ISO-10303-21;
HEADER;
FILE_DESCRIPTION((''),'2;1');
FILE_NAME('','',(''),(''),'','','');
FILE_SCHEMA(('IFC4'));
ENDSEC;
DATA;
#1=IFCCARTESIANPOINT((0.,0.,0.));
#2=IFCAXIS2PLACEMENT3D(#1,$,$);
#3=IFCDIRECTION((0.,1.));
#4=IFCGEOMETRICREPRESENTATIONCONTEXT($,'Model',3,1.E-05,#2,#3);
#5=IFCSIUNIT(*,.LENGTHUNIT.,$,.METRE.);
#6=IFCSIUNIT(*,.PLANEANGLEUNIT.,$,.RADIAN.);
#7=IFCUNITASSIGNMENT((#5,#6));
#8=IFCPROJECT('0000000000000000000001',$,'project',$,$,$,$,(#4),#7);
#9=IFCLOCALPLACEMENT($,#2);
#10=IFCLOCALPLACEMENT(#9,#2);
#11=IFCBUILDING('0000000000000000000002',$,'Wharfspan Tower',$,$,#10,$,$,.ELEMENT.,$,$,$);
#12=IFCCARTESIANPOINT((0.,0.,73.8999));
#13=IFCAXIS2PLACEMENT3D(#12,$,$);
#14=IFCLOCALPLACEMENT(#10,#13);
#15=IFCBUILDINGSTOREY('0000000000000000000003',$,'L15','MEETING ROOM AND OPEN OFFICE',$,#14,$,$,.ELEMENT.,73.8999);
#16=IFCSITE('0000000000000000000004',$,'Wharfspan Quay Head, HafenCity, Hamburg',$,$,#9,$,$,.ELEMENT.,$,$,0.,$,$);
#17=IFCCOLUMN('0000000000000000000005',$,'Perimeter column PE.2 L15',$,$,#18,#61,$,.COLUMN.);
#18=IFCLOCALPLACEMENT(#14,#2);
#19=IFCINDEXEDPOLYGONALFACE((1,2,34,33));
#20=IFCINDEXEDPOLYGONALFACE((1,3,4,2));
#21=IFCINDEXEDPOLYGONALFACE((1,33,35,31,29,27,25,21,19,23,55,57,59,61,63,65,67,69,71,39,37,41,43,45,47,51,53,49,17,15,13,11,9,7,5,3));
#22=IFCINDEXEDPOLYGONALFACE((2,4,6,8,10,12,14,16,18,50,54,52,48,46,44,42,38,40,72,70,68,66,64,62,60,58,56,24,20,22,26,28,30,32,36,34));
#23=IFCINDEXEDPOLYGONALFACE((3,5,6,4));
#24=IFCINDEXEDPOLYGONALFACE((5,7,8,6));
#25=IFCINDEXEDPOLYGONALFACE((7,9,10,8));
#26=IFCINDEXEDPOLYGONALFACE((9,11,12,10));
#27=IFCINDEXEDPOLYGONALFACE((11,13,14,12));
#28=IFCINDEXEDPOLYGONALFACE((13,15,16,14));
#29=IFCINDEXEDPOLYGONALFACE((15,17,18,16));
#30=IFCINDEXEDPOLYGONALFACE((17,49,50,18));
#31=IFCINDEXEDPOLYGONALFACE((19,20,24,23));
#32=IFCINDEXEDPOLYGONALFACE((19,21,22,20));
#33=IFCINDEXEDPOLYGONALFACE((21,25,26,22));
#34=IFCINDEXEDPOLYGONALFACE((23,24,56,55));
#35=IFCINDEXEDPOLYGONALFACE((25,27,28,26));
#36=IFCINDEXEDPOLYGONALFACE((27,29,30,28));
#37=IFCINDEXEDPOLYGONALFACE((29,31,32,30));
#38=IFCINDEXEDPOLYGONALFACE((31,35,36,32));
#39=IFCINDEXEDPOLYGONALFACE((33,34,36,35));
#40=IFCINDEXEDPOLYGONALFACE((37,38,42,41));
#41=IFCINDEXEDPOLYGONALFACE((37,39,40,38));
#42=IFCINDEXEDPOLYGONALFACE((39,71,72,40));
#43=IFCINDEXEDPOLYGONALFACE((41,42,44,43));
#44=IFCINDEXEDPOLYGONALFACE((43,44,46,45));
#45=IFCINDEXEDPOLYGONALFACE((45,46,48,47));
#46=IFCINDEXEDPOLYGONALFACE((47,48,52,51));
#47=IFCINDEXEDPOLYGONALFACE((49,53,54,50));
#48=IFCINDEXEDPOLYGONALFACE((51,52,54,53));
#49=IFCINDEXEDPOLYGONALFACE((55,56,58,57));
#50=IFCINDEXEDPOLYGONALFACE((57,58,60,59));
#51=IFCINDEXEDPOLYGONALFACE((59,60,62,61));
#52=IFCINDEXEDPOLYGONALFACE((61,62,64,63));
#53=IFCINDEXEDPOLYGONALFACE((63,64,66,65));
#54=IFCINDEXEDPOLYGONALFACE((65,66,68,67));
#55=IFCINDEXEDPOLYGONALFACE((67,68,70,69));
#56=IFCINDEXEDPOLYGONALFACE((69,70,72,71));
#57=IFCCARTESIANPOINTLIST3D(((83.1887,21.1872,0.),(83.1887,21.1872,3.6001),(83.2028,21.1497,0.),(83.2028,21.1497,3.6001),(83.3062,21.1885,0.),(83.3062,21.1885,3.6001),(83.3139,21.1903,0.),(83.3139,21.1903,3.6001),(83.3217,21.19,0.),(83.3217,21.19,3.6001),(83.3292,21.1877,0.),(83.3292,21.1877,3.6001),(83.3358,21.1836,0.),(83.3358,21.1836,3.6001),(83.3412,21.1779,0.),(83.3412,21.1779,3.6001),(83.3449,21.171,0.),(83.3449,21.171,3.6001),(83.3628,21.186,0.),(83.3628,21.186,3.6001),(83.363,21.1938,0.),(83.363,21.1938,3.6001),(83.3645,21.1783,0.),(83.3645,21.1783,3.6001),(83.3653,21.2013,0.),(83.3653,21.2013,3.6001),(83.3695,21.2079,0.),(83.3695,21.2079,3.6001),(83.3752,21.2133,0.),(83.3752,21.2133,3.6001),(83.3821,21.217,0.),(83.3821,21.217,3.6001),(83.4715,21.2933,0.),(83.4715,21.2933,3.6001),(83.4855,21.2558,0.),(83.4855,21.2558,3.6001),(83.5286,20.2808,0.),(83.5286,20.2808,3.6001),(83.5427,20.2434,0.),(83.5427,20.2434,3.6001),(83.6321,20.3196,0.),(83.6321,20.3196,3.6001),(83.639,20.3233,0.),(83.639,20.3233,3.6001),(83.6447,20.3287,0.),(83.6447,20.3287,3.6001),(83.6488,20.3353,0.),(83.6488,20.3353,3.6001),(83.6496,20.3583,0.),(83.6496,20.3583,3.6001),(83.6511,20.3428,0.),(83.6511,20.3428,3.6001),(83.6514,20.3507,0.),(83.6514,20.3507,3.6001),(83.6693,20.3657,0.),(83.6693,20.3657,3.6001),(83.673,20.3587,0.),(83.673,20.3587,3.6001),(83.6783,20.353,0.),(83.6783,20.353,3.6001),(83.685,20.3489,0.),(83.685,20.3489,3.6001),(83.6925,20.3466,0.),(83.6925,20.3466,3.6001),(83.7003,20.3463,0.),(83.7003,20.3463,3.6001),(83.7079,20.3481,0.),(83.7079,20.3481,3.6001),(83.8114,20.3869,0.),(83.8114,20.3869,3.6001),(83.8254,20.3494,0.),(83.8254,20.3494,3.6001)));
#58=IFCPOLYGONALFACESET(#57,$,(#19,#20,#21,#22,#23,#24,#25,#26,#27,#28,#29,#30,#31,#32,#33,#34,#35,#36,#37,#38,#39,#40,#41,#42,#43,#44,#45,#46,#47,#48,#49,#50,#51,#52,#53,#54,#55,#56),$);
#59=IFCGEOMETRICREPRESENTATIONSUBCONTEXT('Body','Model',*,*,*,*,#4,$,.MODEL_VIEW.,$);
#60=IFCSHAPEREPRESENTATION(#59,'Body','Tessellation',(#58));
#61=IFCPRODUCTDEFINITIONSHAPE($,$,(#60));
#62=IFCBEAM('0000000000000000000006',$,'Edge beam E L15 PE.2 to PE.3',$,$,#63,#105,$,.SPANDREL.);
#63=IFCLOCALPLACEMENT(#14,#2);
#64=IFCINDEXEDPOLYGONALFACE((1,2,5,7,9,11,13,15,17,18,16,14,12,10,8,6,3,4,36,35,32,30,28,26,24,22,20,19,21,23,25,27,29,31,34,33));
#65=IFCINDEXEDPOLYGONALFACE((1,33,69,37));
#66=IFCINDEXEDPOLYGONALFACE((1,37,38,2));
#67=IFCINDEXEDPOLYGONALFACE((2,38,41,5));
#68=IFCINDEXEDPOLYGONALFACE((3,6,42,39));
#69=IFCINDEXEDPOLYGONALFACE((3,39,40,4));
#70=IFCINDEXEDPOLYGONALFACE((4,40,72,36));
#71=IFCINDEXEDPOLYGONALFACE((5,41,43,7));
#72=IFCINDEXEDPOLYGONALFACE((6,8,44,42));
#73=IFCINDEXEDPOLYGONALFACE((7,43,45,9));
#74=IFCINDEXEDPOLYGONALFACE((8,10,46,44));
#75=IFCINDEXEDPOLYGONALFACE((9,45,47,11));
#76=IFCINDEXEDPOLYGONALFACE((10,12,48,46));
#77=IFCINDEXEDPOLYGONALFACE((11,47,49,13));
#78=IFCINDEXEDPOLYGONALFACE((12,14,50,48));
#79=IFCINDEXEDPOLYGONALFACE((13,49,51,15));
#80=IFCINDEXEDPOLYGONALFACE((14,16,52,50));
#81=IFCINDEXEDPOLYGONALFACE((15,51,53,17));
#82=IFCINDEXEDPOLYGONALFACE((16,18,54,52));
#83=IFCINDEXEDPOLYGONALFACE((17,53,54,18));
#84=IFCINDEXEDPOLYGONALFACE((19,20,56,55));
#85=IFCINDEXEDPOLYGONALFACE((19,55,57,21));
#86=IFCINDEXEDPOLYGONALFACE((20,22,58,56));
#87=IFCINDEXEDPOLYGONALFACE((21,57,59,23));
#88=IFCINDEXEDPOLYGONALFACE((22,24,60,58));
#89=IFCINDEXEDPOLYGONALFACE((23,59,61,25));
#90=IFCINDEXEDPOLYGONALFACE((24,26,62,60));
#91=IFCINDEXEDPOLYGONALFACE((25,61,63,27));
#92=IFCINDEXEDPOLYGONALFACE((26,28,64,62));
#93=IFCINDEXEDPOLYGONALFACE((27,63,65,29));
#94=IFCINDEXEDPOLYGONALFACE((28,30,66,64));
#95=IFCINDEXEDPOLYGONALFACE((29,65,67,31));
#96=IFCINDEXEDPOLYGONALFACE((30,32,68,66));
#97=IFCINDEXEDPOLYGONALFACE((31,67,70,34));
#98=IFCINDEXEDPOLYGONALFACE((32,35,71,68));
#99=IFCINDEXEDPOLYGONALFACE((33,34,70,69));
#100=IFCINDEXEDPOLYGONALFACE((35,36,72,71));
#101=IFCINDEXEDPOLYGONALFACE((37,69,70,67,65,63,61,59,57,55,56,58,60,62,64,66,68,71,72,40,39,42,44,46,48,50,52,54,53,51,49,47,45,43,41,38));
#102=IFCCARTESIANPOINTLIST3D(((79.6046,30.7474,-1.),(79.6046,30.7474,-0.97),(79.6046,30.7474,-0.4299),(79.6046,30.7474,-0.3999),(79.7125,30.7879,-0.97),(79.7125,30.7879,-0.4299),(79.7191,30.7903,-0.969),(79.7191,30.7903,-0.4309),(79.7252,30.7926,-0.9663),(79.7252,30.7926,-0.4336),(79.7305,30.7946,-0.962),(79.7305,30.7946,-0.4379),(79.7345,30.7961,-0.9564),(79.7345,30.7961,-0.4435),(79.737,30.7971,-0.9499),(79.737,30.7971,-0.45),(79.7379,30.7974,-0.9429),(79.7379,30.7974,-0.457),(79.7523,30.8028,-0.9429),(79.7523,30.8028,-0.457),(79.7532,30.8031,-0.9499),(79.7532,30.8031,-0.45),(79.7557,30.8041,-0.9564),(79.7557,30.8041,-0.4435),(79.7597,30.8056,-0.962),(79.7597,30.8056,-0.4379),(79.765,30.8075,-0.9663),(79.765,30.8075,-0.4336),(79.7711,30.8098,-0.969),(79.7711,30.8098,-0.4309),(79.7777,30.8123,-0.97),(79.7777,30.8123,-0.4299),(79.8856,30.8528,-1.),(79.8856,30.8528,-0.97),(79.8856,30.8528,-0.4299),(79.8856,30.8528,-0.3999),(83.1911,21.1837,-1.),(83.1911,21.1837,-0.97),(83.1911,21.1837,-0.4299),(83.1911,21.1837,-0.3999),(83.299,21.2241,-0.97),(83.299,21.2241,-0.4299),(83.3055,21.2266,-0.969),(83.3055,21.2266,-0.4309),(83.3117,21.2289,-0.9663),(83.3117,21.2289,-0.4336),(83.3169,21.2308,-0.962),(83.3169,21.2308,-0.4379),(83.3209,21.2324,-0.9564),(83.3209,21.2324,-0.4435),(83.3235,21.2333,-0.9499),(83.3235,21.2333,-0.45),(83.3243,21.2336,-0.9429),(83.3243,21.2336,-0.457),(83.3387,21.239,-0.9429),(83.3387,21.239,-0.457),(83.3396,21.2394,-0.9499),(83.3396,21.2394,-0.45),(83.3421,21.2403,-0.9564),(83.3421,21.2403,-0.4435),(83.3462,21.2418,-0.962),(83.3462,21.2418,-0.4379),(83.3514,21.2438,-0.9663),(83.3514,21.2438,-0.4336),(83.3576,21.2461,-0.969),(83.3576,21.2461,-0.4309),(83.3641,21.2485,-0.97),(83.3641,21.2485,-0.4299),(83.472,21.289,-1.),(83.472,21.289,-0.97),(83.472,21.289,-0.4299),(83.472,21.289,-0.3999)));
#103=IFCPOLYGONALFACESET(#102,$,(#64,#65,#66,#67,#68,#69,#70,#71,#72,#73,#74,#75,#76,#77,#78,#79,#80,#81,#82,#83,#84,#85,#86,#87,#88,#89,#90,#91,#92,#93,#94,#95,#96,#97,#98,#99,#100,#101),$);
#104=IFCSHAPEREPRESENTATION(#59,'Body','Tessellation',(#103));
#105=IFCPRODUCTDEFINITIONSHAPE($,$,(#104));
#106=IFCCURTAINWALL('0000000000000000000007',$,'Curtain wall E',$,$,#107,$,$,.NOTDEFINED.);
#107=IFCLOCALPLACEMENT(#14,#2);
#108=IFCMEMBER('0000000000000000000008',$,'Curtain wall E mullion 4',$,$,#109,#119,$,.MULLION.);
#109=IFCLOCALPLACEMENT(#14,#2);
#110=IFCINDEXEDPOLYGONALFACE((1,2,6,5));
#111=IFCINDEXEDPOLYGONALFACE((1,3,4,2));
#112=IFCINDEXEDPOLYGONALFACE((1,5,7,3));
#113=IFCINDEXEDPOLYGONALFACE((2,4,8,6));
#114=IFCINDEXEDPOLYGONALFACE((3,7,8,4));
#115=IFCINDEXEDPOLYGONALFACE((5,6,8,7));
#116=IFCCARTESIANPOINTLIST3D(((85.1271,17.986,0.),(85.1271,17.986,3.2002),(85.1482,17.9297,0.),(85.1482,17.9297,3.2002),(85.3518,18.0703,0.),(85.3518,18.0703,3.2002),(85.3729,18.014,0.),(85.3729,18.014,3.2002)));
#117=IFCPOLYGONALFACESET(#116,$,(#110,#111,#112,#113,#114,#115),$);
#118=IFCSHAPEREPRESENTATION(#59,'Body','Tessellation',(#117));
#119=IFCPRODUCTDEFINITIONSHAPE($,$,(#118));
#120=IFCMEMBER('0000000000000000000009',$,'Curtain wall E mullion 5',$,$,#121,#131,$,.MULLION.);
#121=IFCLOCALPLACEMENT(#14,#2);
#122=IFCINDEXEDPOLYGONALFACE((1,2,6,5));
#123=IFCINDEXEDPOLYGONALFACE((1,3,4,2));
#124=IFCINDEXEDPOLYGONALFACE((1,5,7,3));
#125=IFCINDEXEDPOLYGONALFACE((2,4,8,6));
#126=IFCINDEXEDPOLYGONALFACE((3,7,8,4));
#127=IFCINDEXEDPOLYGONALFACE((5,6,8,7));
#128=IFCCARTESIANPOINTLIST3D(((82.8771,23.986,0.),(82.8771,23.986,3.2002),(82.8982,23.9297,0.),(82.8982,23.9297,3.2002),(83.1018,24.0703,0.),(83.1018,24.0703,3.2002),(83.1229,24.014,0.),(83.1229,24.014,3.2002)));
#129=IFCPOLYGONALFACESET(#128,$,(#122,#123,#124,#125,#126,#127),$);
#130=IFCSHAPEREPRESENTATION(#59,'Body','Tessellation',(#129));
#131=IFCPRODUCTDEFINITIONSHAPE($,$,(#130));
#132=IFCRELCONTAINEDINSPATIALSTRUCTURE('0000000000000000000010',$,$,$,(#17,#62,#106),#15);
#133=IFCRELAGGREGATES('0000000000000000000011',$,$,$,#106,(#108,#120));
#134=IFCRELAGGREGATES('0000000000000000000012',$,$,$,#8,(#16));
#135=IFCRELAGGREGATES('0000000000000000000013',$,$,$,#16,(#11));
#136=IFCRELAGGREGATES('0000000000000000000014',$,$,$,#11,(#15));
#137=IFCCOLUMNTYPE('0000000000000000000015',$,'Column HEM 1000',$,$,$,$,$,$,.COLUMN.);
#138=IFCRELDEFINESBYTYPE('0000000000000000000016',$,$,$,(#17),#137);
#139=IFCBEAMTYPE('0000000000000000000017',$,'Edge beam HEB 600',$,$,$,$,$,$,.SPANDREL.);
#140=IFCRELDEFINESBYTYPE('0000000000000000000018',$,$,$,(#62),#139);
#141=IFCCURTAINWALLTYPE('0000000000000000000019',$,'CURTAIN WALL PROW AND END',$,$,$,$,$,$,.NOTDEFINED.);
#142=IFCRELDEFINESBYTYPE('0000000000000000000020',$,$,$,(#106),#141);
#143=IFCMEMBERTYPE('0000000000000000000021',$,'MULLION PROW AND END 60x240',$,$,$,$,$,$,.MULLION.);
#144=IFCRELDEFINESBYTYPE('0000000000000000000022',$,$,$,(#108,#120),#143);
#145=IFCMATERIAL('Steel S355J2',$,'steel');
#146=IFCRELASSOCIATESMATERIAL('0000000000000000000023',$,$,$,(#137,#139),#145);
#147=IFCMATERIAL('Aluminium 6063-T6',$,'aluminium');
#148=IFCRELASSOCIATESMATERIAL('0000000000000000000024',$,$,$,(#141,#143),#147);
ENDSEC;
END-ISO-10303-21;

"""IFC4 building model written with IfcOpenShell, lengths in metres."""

from ifc_helpers import new_model, si_unit, direction, frame, origin, origin_2d, place, context, subcontext, project, spatial, rectangle, i_section, extrude, material, material_profile, profile_set, type_object, element, aggregate, save


model = new_model("IFC4")

# Units and contexts
model_context = context("Model", 3, precision=1e-05, world=origin(), true_north=direction((0.0, 1.0)))
body_context = subcontext(model_context, "Body", "Model", "MODEL_VIEW")
ifc_project = project(units=[si_unit("LENGTHUNIT", "METRE"), si_unit("PLANEANGLEUNIT", "RADIAN")], contexts=[model_context])

# Site, building, storey
site_placement = place(None, origin())
site = spatial("IfcSite", under=ifc_project, at=site_placement, Name="Wharfspan Quay Head, HafenCity, Hamburg", CompositionType="ELEMENT", RefElevation=0.0)
building_placement = place(site_placement, origin())
building = spatial("IfcBuilding", under=site, at=building_placement, Name="Wharfspan Tower", CompositionType="ELEMENT")
storey_placement = place(building_placement, frame((0.0, 0.0, 73.8999)))
storey = spatial("IfcBuildingStorey", under=building, at=storey_placement, Name="L15", Description="MEETING ROOM AND OPEN OFFICE", CompositionType="ELEMENT", Elevation=73.8999)

# Column
ifc_material_1 = material(Name="Steel S355J2", Category="steel")
ifc_material_profile_1 = material_profile(ifc_material_1, i_section(OverallWidth=0.302, OverallDepth=1.0081, WebThickness=0.021, FlangeThickness=0.04, FilletRadius=0.03, at=origin_2d()))
ifc_profile_set_1 = profile_set([ifc_material_profile_1], Name="Steel S355J2")
column_type = type_object("IfcColumnType", Name="Column HEM 1000", PredefinedType="COLUMN", material=ifc_profile_set_1)
column_placement = place(storey_placement, frame((83.5071, 20.7683, 0.0), z_axis=(0.0, 0.0, 1.0), x_axis=(0.936328, 0.351123, 0.0)))
element("IfcColumn", 1, at=column_placement, inside=storey, type_object=column_type, Name="Perimeter column PE.2 L15", PredefinedType="COLUMN", context=body_context, shape_type="SweptSolid", body=[
    extrude(i_section(OverallWidth=0.302, OverallDepth=1.0081, WebThickness=0.021, FlangeThickness=0.04, FilletRadius=0.03, at=origin_2d()), origin(), (0.0, 0.0, 1.0), 3.6001),
])

# Beam
ifc_material_profile_2 = material_profile(ifc_material_1, i_section(OverallWidth=0.3, OverallDepth=0.6001, WebThickness=0.0154, FlangeThickness=0.03, FilletRadius=0.0271, at=origin_2d()))
ifc_profile_set_2 = profile_set([ifc_material_profile_2], Name="Steel S355J2")
beam_type = type_object("IfcBeamType", Name="Edge beam HEB 600", PredefinedType="SPANDREL", material=ifc_profile_set_2)
beam_placement = place(storey_placement, frame((83.3315, 21.2363, -0.7), z_axis=(-0.351126, 0.936328, 0.0), x_axis=(-0.936328, -0.351126, 0.0)))
element("IfcBeam", 2, at=beam_placement, inside=storey, type_object=beam_type, Name="Edge beam E L15 PE.2 to PE.3", PredefinedType="SPANDREL", context=body_context, shape_type="SweptSolid", body=[
    extrude(i_section(OverallWidth=0.3, OverallDepth=0.6001, WebThickness=0.0154, FlangeThickness=0.03, FilletRadius=0.0271, at=origin_2d()), origin(), (0.0, 0.0, 1.0), 10.2141),
])

# Curtain wall, members
ifc_material_2 = material(Name="Aluminium 6063-T6", Category="aluminium")
curtain_wall_type = type_object("IfcCurtainWallType", Name="CURTAIN WALL PROW AND END", PredefinedType="NOTDEFINED", material=ifc_material_2)
curtain_wall_placement = place(storey_placement, origin())
curtain_wall = element("IfcCurtainWall", 3, at=curtain_wall_placement, inside=storey, type_object=curtain_wall_type, Name="Curtain wall E", PredefinedType="NOTDEFINED")
ifc_material_profile_3 = material_profile(ifc_material_2, rectangle(XDim=0.24, YDim=0.0601, at=origin_2d()))
ifc_profile_set_3 = profile_set([ifc_material_profile_3], Name="Aluminium 6063-T6")
member_type_1 = type_object("IfcMemberType", Name="MULLION PROW AND END 60x240", PredefinedType="MULLION", material=ifc_profile_set_3)
member_1_placement = place(storey_placement, frame((85.25, 18.0, 0.0), z_axis=(0.0, 0.0, 1.0), x_axis=(-0.936328, -0.351123, 0.0)))
member_1 = element("IfcMember", 4, at=member_1_placement, type_object=member_type_1, Name="Curtain wall E mullion 4", PredefinedType="MULLION", context=body_context, shape_type="SweptSolid", body=[
    extrude(rectangle(XDim=0.24, YDim=0.0601, at=origin_2d()), origin(), (0.0, 0.0, 1.0), 3.2002),
])
member_2_placement = place(storey_placement, frame((83.0, 24.0, 0.0), z_axis=(0.0, 0.0, 1.0), x_axis=(-0.936328, -0.351123, 0.0)))
member_2 = element("IfcMember", 5, at=member_2_placement, type_object=member_type_1, Name="Curtain wall E mullion 5", PredefinedType="MULLION", context=body_context, shape_type="SweptSolid", body=[
    extrude(rectangle(XDim=0.24, YDim=0.0601, at=origin_2d()), origin(), (0.0, 0.0, 1.0), 3.2002),
])

aggregate(curtain_wall, [member_1, member_2])

save(model, "model.ifc")
